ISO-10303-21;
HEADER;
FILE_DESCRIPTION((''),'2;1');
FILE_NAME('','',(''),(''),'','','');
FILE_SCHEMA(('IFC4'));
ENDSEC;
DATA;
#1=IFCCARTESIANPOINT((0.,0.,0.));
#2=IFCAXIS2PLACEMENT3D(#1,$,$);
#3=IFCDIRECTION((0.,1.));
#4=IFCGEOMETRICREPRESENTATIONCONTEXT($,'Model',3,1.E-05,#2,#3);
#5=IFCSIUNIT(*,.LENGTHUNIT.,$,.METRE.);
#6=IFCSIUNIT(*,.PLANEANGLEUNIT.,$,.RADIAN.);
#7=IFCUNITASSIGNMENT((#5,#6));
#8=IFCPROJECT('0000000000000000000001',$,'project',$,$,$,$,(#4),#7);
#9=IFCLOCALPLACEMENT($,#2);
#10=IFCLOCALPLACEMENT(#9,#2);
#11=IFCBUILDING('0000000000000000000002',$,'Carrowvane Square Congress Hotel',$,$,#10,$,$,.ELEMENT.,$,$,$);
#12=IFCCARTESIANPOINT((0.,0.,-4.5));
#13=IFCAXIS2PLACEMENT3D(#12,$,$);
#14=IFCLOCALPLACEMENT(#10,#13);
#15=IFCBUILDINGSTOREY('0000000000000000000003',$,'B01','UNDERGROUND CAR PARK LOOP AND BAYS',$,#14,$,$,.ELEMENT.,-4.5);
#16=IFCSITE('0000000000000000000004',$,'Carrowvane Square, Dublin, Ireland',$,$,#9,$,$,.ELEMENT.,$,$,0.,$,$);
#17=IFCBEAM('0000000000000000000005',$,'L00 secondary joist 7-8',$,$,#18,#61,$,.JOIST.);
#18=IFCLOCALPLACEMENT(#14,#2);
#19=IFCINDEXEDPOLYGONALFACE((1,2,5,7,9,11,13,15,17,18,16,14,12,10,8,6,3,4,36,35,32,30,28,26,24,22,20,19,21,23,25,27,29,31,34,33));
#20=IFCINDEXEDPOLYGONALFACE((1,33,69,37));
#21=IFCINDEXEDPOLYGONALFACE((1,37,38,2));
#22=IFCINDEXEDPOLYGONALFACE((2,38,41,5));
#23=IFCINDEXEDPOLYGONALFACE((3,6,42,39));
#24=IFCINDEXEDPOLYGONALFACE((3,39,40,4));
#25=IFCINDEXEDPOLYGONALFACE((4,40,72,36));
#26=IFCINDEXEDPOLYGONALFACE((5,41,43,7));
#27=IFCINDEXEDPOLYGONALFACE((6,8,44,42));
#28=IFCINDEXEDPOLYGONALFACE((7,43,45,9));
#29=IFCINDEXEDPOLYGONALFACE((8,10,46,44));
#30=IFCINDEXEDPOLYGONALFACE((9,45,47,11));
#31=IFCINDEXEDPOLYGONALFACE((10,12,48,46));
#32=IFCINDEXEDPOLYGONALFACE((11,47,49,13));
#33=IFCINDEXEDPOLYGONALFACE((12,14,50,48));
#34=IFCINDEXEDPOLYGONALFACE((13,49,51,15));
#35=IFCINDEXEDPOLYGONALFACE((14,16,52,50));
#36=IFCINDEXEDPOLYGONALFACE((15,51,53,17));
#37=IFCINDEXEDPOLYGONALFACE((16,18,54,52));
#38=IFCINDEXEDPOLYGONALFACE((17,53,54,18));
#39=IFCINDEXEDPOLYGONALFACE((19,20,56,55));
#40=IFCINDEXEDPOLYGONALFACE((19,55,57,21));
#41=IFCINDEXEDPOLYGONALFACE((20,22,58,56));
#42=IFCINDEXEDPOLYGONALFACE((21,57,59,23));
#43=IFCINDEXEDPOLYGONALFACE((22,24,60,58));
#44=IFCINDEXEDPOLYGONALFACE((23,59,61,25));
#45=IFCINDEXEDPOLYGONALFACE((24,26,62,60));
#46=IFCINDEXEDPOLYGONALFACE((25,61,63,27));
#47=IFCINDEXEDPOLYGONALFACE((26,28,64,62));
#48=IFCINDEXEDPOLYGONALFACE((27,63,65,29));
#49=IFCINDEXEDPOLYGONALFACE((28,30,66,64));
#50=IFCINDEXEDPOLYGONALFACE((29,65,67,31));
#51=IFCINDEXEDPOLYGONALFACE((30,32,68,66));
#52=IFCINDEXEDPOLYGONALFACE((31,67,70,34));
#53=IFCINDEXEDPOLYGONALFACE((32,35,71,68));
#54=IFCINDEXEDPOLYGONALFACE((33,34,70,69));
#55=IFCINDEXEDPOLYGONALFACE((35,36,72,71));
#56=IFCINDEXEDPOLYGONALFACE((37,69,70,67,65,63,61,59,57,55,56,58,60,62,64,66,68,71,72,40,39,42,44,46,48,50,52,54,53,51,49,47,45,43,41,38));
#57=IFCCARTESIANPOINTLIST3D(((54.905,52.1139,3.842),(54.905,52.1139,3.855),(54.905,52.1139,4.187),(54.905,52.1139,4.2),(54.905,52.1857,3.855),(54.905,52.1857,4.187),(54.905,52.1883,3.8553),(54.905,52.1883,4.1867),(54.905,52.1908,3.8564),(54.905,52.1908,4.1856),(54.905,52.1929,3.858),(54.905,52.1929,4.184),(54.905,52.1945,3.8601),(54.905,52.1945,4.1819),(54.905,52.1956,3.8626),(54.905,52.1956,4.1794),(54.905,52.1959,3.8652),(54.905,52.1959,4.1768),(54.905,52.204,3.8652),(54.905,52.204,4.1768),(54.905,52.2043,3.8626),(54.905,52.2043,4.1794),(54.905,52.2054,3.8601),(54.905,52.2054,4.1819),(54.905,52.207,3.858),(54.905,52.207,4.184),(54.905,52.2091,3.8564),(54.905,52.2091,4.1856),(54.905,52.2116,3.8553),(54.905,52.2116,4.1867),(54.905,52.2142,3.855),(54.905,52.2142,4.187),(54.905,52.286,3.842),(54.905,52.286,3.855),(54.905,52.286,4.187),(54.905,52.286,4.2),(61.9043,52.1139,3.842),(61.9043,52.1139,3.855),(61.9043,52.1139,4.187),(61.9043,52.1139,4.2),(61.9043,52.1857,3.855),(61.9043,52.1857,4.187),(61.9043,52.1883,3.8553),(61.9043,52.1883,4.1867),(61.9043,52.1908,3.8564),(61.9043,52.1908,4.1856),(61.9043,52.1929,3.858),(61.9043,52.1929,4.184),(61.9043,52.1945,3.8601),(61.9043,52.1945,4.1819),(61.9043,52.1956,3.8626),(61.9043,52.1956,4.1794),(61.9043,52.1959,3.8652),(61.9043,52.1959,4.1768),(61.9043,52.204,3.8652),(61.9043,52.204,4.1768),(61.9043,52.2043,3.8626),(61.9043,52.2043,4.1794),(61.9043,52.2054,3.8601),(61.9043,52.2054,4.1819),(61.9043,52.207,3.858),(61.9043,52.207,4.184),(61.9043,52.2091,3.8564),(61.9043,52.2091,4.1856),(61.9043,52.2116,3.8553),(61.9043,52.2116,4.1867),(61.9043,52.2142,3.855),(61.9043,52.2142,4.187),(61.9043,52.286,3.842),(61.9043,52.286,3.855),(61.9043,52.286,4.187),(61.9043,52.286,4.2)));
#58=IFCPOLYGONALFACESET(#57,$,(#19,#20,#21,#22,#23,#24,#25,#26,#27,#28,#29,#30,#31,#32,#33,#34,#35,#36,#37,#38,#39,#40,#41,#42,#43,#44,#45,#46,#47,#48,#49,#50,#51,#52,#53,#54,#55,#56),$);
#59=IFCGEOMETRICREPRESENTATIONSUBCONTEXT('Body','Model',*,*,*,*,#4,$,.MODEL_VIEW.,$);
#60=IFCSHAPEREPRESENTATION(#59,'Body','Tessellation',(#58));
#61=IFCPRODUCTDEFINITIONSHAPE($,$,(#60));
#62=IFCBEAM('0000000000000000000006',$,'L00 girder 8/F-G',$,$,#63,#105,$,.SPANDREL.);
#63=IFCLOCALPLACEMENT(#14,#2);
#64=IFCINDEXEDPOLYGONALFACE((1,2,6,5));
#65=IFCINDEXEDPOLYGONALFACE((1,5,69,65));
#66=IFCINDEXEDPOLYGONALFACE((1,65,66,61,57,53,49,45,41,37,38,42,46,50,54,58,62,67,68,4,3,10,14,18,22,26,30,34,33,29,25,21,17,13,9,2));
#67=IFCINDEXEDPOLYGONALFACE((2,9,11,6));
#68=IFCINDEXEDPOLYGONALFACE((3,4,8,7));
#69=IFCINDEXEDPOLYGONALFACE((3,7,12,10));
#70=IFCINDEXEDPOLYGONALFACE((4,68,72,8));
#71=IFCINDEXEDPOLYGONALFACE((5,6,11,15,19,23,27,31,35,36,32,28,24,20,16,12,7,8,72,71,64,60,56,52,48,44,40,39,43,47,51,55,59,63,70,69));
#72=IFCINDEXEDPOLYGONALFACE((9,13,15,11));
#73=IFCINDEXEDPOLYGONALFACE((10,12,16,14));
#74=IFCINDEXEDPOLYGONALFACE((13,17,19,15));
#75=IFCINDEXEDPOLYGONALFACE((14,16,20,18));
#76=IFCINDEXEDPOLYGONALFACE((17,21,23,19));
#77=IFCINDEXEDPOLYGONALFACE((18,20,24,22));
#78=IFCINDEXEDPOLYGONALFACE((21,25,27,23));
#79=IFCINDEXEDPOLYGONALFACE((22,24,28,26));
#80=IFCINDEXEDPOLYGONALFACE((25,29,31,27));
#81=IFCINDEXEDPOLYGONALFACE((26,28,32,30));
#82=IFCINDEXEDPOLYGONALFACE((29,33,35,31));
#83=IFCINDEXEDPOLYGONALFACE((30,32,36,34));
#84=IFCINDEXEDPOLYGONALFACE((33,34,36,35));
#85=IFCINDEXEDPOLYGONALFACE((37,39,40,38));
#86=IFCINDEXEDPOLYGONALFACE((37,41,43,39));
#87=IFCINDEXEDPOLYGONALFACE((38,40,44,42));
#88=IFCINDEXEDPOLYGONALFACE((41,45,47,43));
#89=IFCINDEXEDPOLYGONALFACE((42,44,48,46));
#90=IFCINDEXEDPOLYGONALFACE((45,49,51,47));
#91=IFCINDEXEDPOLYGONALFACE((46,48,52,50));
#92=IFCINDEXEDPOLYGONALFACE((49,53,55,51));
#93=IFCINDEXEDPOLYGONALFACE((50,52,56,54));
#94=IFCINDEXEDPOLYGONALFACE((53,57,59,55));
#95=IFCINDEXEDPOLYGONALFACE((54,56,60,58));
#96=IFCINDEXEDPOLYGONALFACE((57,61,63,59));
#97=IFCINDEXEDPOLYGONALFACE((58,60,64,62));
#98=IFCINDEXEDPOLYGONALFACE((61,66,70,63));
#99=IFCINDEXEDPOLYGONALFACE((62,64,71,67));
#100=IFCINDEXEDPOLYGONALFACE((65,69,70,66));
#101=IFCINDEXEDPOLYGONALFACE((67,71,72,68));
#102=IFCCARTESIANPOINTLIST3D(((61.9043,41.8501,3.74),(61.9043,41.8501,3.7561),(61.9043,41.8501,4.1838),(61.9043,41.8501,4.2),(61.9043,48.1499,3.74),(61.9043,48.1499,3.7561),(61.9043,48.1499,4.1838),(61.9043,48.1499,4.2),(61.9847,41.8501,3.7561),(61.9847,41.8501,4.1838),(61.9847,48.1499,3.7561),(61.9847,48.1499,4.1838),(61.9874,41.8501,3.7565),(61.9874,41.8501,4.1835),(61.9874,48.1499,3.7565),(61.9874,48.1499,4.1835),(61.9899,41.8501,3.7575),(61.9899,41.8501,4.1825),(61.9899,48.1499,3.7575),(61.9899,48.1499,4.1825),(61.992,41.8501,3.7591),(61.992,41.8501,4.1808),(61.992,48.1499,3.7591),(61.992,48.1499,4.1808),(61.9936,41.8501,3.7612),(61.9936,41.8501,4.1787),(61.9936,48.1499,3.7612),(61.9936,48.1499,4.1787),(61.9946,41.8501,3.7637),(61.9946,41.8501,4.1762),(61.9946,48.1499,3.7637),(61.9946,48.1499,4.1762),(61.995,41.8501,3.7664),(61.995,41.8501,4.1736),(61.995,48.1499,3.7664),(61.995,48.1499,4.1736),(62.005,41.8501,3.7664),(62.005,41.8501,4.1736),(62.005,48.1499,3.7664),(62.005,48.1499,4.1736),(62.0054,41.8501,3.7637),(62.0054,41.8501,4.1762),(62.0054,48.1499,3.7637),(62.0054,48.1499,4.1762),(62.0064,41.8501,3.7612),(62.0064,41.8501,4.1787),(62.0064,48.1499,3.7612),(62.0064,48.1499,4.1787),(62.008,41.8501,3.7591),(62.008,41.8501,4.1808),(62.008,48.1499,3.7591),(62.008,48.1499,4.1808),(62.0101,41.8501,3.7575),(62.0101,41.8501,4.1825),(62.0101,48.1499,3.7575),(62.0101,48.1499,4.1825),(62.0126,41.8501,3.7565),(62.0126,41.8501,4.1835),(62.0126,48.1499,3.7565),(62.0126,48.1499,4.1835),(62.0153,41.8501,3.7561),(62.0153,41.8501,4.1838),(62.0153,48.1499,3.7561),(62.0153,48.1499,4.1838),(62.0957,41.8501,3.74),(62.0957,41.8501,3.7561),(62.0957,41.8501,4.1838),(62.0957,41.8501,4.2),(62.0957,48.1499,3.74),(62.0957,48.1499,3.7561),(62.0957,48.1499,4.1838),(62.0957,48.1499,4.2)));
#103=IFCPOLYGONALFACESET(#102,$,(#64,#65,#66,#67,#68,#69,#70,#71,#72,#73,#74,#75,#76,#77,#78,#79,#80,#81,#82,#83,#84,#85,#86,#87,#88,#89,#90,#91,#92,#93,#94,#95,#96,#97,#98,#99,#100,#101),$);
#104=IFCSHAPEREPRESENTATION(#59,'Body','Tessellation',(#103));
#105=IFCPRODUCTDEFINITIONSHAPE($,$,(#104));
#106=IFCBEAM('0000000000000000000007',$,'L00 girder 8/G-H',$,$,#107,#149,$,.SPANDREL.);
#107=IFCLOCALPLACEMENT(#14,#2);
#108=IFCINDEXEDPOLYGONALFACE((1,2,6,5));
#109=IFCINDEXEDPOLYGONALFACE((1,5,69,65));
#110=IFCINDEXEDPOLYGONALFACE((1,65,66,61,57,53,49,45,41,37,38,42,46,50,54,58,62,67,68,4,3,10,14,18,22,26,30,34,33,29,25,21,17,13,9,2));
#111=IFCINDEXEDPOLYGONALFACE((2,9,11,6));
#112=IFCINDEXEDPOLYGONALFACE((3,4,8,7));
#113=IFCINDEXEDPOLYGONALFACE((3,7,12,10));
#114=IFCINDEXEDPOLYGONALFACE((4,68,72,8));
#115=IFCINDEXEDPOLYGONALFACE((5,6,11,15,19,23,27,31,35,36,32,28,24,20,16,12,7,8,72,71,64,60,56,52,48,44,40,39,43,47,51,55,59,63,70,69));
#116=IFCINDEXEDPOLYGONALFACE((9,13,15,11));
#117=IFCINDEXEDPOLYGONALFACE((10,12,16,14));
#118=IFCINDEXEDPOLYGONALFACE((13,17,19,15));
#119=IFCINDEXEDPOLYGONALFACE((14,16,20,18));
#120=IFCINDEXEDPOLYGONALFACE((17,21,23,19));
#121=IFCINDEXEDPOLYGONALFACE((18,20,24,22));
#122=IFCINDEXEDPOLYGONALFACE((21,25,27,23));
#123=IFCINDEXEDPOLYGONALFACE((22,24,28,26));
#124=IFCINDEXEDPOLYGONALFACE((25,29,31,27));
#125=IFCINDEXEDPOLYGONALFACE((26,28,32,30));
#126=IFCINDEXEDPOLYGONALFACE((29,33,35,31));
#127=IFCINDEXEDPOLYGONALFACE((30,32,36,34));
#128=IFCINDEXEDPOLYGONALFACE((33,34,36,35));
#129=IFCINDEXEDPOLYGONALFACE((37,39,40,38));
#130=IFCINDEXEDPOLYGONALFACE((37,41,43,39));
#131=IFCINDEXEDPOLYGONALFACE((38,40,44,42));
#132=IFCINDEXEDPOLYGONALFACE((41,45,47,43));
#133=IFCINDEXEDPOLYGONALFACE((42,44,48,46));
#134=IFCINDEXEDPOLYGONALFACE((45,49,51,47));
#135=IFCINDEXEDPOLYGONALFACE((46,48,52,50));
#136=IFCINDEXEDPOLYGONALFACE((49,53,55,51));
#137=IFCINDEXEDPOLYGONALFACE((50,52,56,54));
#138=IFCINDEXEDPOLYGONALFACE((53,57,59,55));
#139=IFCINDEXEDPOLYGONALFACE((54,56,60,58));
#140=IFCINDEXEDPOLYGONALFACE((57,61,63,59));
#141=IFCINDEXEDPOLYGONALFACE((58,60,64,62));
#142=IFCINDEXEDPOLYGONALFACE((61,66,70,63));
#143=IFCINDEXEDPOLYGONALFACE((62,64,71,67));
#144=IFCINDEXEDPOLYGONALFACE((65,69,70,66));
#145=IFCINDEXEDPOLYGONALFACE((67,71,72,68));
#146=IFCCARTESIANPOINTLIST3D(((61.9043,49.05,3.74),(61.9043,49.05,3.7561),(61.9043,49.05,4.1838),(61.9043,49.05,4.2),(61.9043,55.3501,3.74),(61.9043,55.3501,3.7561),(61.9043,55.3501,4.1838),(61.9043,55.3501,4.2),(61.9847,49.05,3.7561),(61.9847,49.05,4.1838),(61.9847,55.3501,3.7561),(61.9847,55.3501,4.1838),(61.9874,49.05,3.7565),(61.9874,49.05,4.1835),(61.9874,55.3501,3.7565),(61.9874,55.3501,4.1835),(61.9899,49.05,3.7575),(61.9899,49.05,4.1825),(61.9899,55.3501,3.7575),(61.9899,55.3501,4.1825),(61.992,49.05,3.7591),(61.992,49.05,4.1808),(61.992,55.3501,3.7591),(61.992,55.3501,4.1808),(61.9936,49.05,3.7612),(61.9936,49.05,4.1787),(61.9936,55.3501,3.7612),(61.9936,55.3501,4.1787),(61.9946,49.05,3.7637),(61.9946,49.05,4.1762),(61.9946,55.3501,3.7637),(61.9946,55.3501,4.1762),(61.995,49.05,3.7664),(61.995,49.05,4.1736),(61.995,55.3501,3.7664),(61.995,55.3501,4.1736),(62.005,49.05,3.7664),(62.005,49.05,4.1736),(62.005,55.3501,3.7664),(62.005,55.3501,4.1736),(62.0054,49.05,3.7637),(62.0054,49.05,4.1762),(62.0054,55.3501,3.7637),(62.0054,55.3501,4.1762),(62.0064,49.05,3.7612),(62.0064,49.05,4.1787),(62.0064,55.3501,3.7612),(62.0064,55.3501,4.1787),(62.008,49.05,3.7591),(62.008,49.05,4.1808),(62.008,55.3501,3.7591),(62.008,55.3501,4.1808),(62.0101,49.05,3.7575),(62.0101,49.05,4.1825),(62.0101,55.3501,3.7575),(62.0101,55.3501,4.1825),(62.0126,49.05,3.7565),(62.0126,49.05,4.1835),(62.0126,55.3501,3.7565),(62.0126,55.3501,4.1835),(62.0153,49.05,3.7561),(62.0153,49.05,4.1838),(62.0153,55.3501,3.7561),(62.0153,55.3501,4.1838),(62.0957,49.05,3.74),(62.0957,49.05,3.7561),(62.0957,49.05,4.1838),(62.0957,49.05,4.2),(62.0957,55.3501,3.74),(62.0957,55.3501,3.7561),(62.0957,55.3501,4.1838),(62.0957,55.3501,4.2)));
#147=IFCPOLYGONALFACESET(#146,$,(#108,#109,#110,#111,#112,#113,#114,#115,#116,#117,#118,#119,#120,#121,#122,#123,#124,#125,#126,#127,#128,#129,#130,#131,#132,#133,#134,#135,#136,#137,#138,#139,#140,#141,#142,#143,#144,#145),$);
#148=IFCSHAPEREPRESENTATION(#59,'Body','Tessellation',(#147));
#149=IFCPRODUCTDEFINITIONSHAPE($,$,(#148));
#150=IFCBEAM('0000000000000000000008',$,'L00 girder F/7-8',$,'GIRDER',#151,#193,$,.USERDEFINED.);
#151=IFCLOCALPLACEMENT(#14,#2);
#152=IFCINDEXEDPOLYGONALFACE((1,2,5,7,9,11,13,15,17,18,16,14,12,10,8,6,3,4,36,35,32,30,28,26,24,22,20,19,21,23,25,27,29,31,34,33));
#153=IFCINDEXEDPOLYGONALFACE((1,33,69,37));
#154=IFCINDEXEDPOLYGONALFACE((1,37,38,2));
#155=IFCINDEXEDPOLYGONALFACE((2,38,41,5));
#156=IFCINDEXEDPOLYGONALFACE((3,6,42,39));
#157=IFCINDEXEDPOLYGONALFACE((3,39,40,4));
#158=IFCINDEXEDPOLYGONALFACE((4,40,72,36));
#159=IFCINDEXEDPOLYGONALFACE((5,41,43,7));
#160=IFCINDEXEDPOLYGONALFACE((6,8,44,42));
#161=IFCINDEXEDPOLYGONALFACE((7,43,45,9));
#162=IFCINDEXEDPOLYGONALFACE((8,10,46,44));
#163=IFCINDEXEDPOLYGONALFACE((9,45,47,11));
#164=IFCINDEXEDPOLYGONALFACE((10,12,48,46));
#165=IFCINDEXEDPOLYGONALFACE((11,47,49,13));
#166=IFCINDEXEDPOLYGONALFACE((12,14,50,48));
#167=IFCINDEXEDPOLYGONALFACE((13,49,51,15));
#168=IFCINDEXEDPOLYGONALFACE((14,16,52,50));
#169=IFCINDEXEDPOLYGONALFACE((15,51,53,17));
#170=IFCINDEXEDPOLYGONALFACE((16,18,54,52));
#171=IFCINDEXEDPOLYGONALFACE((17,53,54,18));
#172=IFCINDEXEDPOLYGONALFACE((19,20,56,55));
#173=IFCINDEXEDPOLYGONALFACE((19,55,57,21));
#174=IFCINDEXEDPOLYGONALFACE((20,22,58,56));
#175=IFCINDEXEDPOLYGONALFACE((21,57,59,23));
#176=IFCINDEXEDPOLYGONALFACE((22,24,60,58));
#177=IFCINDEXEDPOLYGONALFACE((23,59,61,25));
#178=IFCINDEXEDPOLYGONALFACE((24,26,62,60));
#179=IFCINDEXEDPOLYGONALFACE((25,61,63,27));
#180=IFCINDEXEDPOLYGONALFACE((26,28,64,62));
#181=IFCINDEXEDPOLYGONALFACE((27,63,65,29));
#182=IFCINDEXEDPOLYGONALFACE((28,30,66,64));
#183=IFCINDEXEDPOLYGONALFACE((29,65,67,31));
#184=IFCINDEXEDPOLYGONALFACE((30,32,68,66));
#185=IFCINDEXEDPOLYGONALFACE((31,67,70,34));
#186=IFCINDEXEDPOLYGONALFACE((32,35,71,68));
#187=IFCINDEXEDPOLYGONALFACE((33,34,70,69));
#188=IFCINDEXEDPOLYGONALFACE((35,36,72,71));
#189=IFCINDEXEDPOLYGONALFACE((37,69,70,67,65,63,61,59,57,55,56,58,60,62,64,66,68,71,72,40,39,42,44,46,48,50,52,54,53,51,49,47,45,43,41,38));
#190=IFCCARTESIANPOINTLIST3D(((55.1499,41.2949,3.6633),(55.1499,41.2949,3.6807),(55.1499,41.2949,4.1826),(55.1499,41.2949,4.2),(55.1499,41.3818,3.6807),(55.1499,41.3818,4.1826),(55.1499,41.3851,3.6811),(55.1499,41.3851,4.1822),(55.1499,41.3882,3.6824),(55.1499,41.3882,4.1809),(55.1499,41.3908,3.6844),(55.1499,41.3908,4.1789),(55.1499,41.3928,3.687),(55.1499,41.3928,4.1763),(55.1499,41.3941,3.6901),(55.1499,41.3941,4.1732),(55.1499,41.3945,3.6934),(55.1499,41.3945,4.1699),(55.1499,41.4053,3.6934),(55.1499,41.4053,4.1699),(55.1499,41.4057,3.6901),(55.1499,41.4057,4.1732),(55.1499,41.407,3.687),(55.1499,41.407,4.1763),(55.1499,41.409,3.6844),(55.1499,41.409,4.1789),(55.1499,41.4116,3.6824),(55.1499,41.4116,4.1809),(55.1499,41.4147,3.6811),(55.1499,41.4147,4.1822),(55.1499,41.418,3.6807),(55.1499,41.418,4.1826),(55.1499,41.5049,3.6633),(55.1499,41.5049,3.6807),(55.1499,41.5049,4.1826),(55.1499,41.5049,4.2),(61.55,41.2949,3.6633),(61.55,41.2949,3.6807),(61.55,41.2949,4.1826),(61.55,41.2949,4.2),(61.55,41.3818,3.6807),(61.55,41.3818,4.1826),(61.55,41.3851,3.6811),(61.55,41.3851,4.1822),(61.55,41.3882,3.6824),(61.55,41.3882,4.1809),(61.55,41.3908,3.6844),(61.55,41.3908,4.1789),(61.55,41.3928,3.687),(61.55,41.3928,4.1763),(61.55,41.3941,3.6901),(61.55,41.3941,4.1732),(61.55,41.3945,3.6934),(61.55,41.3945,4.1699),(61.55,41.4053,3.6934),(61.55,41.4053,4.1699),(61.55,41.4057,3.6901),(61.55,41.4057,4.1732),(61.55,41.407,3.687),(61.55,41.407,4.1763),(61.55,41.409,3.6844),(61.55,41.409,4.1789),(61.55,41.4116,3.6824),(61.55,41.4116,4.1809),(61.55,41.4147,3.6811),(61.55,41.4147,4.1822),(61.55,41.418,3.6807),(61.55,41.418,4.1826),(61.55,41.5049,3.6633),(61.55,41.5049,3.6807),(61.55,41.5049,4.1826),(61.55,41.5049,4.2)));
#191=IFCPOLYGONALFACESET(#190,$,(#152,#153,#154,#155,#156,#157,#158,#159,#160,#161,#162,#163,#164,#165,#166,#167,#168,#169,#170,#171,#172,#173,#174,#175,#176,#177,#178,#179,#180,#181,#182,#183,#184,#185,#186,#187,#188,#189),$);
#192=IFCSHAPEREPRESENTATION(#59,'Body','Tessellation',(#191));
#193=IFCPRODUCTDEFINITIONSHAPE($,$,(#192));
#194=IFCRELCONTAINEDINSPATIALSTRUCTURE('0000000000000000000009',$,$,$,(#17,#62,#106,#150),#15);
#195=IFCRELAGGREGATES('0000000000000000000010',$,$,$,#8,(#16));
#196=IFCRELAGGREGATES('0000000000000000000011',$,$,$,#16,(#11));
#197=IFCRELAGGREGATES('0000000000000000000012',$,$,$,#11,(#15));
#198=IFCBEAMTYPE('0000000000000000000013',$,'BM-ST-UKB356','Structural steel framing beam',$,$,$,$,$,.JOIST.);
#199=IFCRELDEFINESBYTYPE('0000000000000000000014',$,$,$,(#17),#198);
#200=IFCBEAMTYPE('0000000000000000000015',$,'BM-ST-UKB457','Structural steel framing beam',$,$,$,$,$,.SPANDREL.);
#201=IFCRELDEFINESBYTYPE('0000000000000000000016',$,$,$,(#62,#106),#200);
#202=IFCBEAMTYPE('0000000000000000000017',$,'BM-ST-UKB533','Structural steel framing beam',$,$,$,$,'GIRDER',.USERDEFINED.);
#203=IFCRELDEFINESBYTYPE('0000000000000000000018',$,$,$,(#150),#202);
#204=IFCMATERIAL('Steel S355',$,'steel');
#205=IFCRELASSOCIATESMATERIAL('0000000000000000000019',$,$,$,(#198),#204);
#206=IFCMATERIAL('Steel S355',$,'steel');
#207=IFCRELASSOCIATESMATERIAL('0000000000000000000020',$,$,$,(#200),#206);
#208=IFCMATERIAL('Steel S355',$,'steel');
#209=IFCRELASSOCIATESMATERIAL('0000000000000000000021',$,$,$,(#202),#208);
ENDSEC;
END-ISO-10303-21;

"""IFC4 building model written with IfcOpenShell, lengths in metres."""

from ifc_helpers import new_model, si_unit, direction, frame, origin, origin_2d, place, context, subcontext, project, spatial, i_section, extrude, material, material_profile, profile_set, type_object, element, save


model = new_model("IFC4")

# Units and contexts
model_context = context("Model", 3, precision=1e-05, world=origin(), true_north=direction((0.0, 1.0)))
body_context = subcontext(model_context, "Body", "Model", "MODEL_VIEW")
ifc_project = project(units=[si_unit("LENGTHUNIT", "METRE"), si_unit("PLANEANGLEUNIT", "RADIAN")], contexts=[model_context])

# Site, building, storey
site_placement = place(None, origin())
site = spatial("IfcSite", under=ifc_project, at=site_placement, Name="Carrowvane Square, Dublin, Ireland", CompositionType="ELEMENT", RefElevation=0.0)
building_placement = place(site_placement, origin())
building = spatial("IfcBuilding", under=site, at=building_placement, Name="Carrowvane Square Congress Hotel", CompositionType="ELEMENT")
storey_placement = place(building_placement, frame((0.0, 0.0, -4.5)))
storey = spatial("IfcBuildingStorey", under=building, at=storey_placement, Name="B01", Description="UNDERGROUND CAR PARK LOOP AND BAYS", CompositionType="ELEMENT", Elevation=-4.5)

# Beams
ifc_material_1 = material(Name="Steel S355", Category="steel")
ifc_material_profile_1 = material_profile(ifc_material_1, i_section(OverallWidth=0.1721, OverallDepth=0.3579, WebThickness=0.0081, FlangeThickness=0.0129, FilletRadius=0.0103, at=origin_2d()), Name="UKB 356x171x57")
ifc_profile_set_1 = profile_set([ifc_material_profile_1], Name="Steel S355")
beam_type_1 = type_object("IfcBeamType", Name="BM-ST-UKB356", Description="Structural steel framing beam", PredefinedType="JOIST", material=ifc_profile_set_1)
for number, where, z_axis, x_axis, name in (
    (1, (54.905, 52.2, 4.021), (1.0, 0.0, 0.0), (0.0, 1.0, 0.0), "L00 secondary joist 7-8"),
):
    element("IfcBeam", number, at=place(storey_placement, frame(where, z_axis=z_axis, x_axis=x_axis)), inside=storey, type_object=beam_type_1, Name=name, PredefinedType="JOIST", context=body_context, shape_type="SweptSolid", body=[
        extrude(i_section(OverallWidth=0.1721, OverallDepth=0.3579, WebThickness=0.0081, FlangeThickness=0.0129, FilletRadius=0.0103, at=origin_2d()), origin(), (0.0, 0.0, 1.0), 6.9993),
    ])
ifc_material_2 = material(Name="Steel S355", Category="steel")
ifc_material_profile_2 = material_profile(ifc_material_2, i_section(OverallWidth=0.1914, OverallDepth=0.46, WebThickness=0.01, FlangeThickness=0.0161, FilletRadius=0.0103, at=origin_2d()), Name="UKB 457x191x82")
ifc_profile_set_2 = profile_set([ifc_material_profile_2], Name="Steel S355")
beam_type_2 = type_object("IfcBeamType", Name="BM-ST-UKB457", Description="Structural steel framing beam", PredefinedType="SPANDREL", material=ifc_profile_set_2)
beam_1_placement = place(storey_placement, frame((62.0, 41.8501, 3.97), z_axis=(0.0, 1.0, 0.0), x_axis=(-1.0, 0.0, 0.0)))
element("IfcBeam", 2, at=beam_1_placement, inside=storey, type_object=beam_type_2, Name="L00 girder 8/F-G", PredefinedType="SPANDREL", context=body_context, shape_type="SweptSolid", body=[
    extrude(i_section(OverallWidth=0.1914, OverallDepth=0.46, WebThickness=0.01, FlangeThickness=0.0161, FilletRadius=0.0103, at=origin_2d()), origin(), (0.0, 0.0, 1.0), 6.2998),
])
beam_2_placement = place(storey_placement, frame((62.0, 49.05, 3.97), z_axis=(0.0, 1.0, 0.0), x_axis=(-1.0, 0.0, 0.0)))
element("IfcBeam", 3, at=beam_2_placement, inside=storey, type_object=beam_type_2, Name="L00 girder 8/G-H", PredefinedType="SPANDREL", context=body_context, shape_type="SweptSolid", body=[
    extrude(i_section(OverallWidth=0.1914, OverallDepth=0.46, WebThickness=0.01, FlangeThickness=0.0161, FilletRadius=0.0103, at=origin_2d()), origin(), (0.0, 0.0, 1.0), 6.3),
])
ifc_material_3 = material(Name="Steel S355", Category="steel")
ifc_material_profile_3 = material_profile(ifc_material_3, i_section(OverallWidth=0.21, OverallDepth=0.5366, WebThickness=0.0107, FlangeThickness=0.0173, FilletRadius=0.0127, at=origin_2d()), Name="UKB 533x210x101")
ifc_profile_set_3 = profile_set([ifc_material_profile_3], Name="Steel S355")
beam_type_3 = type_object("IfcBeamType", Name="BM-ST-UKB533", Description="Structural steel framing beam", ElementType="GIRDER", PredefinedType="USERDEFINED", material=ifc_profile_set_3)
for number, where, z_axis, x_axis, name in (
    (4, (55.1499, 41.3999, 3.9316), (1.0, 0.0, 0.0), (0.0, 1.0, 0.0), "L00 girder F/7-8"),
):
    element("IfcBeam", number, at=place(storey_placement, frame(where, z_axis=z_axis, x_axis=x_axis)), inside=storey, type_object=beam_type_3, Name=name, ObjectType="GIRDER", PredefinedType="USERDEFINED", context=body_context, shape_type="SweptSolid", body=[
        extrude(i_section(OverallWidth=0.21, OverallDepth=0.5366, WebThickness=0.0107, FlangeThickness=0.0173, FilletRadius=0.0127, at=origin_2d()), origin(), (0.0, 0.0, 1.0), 6.4001),
    ])

save(model, "model.ifc")
